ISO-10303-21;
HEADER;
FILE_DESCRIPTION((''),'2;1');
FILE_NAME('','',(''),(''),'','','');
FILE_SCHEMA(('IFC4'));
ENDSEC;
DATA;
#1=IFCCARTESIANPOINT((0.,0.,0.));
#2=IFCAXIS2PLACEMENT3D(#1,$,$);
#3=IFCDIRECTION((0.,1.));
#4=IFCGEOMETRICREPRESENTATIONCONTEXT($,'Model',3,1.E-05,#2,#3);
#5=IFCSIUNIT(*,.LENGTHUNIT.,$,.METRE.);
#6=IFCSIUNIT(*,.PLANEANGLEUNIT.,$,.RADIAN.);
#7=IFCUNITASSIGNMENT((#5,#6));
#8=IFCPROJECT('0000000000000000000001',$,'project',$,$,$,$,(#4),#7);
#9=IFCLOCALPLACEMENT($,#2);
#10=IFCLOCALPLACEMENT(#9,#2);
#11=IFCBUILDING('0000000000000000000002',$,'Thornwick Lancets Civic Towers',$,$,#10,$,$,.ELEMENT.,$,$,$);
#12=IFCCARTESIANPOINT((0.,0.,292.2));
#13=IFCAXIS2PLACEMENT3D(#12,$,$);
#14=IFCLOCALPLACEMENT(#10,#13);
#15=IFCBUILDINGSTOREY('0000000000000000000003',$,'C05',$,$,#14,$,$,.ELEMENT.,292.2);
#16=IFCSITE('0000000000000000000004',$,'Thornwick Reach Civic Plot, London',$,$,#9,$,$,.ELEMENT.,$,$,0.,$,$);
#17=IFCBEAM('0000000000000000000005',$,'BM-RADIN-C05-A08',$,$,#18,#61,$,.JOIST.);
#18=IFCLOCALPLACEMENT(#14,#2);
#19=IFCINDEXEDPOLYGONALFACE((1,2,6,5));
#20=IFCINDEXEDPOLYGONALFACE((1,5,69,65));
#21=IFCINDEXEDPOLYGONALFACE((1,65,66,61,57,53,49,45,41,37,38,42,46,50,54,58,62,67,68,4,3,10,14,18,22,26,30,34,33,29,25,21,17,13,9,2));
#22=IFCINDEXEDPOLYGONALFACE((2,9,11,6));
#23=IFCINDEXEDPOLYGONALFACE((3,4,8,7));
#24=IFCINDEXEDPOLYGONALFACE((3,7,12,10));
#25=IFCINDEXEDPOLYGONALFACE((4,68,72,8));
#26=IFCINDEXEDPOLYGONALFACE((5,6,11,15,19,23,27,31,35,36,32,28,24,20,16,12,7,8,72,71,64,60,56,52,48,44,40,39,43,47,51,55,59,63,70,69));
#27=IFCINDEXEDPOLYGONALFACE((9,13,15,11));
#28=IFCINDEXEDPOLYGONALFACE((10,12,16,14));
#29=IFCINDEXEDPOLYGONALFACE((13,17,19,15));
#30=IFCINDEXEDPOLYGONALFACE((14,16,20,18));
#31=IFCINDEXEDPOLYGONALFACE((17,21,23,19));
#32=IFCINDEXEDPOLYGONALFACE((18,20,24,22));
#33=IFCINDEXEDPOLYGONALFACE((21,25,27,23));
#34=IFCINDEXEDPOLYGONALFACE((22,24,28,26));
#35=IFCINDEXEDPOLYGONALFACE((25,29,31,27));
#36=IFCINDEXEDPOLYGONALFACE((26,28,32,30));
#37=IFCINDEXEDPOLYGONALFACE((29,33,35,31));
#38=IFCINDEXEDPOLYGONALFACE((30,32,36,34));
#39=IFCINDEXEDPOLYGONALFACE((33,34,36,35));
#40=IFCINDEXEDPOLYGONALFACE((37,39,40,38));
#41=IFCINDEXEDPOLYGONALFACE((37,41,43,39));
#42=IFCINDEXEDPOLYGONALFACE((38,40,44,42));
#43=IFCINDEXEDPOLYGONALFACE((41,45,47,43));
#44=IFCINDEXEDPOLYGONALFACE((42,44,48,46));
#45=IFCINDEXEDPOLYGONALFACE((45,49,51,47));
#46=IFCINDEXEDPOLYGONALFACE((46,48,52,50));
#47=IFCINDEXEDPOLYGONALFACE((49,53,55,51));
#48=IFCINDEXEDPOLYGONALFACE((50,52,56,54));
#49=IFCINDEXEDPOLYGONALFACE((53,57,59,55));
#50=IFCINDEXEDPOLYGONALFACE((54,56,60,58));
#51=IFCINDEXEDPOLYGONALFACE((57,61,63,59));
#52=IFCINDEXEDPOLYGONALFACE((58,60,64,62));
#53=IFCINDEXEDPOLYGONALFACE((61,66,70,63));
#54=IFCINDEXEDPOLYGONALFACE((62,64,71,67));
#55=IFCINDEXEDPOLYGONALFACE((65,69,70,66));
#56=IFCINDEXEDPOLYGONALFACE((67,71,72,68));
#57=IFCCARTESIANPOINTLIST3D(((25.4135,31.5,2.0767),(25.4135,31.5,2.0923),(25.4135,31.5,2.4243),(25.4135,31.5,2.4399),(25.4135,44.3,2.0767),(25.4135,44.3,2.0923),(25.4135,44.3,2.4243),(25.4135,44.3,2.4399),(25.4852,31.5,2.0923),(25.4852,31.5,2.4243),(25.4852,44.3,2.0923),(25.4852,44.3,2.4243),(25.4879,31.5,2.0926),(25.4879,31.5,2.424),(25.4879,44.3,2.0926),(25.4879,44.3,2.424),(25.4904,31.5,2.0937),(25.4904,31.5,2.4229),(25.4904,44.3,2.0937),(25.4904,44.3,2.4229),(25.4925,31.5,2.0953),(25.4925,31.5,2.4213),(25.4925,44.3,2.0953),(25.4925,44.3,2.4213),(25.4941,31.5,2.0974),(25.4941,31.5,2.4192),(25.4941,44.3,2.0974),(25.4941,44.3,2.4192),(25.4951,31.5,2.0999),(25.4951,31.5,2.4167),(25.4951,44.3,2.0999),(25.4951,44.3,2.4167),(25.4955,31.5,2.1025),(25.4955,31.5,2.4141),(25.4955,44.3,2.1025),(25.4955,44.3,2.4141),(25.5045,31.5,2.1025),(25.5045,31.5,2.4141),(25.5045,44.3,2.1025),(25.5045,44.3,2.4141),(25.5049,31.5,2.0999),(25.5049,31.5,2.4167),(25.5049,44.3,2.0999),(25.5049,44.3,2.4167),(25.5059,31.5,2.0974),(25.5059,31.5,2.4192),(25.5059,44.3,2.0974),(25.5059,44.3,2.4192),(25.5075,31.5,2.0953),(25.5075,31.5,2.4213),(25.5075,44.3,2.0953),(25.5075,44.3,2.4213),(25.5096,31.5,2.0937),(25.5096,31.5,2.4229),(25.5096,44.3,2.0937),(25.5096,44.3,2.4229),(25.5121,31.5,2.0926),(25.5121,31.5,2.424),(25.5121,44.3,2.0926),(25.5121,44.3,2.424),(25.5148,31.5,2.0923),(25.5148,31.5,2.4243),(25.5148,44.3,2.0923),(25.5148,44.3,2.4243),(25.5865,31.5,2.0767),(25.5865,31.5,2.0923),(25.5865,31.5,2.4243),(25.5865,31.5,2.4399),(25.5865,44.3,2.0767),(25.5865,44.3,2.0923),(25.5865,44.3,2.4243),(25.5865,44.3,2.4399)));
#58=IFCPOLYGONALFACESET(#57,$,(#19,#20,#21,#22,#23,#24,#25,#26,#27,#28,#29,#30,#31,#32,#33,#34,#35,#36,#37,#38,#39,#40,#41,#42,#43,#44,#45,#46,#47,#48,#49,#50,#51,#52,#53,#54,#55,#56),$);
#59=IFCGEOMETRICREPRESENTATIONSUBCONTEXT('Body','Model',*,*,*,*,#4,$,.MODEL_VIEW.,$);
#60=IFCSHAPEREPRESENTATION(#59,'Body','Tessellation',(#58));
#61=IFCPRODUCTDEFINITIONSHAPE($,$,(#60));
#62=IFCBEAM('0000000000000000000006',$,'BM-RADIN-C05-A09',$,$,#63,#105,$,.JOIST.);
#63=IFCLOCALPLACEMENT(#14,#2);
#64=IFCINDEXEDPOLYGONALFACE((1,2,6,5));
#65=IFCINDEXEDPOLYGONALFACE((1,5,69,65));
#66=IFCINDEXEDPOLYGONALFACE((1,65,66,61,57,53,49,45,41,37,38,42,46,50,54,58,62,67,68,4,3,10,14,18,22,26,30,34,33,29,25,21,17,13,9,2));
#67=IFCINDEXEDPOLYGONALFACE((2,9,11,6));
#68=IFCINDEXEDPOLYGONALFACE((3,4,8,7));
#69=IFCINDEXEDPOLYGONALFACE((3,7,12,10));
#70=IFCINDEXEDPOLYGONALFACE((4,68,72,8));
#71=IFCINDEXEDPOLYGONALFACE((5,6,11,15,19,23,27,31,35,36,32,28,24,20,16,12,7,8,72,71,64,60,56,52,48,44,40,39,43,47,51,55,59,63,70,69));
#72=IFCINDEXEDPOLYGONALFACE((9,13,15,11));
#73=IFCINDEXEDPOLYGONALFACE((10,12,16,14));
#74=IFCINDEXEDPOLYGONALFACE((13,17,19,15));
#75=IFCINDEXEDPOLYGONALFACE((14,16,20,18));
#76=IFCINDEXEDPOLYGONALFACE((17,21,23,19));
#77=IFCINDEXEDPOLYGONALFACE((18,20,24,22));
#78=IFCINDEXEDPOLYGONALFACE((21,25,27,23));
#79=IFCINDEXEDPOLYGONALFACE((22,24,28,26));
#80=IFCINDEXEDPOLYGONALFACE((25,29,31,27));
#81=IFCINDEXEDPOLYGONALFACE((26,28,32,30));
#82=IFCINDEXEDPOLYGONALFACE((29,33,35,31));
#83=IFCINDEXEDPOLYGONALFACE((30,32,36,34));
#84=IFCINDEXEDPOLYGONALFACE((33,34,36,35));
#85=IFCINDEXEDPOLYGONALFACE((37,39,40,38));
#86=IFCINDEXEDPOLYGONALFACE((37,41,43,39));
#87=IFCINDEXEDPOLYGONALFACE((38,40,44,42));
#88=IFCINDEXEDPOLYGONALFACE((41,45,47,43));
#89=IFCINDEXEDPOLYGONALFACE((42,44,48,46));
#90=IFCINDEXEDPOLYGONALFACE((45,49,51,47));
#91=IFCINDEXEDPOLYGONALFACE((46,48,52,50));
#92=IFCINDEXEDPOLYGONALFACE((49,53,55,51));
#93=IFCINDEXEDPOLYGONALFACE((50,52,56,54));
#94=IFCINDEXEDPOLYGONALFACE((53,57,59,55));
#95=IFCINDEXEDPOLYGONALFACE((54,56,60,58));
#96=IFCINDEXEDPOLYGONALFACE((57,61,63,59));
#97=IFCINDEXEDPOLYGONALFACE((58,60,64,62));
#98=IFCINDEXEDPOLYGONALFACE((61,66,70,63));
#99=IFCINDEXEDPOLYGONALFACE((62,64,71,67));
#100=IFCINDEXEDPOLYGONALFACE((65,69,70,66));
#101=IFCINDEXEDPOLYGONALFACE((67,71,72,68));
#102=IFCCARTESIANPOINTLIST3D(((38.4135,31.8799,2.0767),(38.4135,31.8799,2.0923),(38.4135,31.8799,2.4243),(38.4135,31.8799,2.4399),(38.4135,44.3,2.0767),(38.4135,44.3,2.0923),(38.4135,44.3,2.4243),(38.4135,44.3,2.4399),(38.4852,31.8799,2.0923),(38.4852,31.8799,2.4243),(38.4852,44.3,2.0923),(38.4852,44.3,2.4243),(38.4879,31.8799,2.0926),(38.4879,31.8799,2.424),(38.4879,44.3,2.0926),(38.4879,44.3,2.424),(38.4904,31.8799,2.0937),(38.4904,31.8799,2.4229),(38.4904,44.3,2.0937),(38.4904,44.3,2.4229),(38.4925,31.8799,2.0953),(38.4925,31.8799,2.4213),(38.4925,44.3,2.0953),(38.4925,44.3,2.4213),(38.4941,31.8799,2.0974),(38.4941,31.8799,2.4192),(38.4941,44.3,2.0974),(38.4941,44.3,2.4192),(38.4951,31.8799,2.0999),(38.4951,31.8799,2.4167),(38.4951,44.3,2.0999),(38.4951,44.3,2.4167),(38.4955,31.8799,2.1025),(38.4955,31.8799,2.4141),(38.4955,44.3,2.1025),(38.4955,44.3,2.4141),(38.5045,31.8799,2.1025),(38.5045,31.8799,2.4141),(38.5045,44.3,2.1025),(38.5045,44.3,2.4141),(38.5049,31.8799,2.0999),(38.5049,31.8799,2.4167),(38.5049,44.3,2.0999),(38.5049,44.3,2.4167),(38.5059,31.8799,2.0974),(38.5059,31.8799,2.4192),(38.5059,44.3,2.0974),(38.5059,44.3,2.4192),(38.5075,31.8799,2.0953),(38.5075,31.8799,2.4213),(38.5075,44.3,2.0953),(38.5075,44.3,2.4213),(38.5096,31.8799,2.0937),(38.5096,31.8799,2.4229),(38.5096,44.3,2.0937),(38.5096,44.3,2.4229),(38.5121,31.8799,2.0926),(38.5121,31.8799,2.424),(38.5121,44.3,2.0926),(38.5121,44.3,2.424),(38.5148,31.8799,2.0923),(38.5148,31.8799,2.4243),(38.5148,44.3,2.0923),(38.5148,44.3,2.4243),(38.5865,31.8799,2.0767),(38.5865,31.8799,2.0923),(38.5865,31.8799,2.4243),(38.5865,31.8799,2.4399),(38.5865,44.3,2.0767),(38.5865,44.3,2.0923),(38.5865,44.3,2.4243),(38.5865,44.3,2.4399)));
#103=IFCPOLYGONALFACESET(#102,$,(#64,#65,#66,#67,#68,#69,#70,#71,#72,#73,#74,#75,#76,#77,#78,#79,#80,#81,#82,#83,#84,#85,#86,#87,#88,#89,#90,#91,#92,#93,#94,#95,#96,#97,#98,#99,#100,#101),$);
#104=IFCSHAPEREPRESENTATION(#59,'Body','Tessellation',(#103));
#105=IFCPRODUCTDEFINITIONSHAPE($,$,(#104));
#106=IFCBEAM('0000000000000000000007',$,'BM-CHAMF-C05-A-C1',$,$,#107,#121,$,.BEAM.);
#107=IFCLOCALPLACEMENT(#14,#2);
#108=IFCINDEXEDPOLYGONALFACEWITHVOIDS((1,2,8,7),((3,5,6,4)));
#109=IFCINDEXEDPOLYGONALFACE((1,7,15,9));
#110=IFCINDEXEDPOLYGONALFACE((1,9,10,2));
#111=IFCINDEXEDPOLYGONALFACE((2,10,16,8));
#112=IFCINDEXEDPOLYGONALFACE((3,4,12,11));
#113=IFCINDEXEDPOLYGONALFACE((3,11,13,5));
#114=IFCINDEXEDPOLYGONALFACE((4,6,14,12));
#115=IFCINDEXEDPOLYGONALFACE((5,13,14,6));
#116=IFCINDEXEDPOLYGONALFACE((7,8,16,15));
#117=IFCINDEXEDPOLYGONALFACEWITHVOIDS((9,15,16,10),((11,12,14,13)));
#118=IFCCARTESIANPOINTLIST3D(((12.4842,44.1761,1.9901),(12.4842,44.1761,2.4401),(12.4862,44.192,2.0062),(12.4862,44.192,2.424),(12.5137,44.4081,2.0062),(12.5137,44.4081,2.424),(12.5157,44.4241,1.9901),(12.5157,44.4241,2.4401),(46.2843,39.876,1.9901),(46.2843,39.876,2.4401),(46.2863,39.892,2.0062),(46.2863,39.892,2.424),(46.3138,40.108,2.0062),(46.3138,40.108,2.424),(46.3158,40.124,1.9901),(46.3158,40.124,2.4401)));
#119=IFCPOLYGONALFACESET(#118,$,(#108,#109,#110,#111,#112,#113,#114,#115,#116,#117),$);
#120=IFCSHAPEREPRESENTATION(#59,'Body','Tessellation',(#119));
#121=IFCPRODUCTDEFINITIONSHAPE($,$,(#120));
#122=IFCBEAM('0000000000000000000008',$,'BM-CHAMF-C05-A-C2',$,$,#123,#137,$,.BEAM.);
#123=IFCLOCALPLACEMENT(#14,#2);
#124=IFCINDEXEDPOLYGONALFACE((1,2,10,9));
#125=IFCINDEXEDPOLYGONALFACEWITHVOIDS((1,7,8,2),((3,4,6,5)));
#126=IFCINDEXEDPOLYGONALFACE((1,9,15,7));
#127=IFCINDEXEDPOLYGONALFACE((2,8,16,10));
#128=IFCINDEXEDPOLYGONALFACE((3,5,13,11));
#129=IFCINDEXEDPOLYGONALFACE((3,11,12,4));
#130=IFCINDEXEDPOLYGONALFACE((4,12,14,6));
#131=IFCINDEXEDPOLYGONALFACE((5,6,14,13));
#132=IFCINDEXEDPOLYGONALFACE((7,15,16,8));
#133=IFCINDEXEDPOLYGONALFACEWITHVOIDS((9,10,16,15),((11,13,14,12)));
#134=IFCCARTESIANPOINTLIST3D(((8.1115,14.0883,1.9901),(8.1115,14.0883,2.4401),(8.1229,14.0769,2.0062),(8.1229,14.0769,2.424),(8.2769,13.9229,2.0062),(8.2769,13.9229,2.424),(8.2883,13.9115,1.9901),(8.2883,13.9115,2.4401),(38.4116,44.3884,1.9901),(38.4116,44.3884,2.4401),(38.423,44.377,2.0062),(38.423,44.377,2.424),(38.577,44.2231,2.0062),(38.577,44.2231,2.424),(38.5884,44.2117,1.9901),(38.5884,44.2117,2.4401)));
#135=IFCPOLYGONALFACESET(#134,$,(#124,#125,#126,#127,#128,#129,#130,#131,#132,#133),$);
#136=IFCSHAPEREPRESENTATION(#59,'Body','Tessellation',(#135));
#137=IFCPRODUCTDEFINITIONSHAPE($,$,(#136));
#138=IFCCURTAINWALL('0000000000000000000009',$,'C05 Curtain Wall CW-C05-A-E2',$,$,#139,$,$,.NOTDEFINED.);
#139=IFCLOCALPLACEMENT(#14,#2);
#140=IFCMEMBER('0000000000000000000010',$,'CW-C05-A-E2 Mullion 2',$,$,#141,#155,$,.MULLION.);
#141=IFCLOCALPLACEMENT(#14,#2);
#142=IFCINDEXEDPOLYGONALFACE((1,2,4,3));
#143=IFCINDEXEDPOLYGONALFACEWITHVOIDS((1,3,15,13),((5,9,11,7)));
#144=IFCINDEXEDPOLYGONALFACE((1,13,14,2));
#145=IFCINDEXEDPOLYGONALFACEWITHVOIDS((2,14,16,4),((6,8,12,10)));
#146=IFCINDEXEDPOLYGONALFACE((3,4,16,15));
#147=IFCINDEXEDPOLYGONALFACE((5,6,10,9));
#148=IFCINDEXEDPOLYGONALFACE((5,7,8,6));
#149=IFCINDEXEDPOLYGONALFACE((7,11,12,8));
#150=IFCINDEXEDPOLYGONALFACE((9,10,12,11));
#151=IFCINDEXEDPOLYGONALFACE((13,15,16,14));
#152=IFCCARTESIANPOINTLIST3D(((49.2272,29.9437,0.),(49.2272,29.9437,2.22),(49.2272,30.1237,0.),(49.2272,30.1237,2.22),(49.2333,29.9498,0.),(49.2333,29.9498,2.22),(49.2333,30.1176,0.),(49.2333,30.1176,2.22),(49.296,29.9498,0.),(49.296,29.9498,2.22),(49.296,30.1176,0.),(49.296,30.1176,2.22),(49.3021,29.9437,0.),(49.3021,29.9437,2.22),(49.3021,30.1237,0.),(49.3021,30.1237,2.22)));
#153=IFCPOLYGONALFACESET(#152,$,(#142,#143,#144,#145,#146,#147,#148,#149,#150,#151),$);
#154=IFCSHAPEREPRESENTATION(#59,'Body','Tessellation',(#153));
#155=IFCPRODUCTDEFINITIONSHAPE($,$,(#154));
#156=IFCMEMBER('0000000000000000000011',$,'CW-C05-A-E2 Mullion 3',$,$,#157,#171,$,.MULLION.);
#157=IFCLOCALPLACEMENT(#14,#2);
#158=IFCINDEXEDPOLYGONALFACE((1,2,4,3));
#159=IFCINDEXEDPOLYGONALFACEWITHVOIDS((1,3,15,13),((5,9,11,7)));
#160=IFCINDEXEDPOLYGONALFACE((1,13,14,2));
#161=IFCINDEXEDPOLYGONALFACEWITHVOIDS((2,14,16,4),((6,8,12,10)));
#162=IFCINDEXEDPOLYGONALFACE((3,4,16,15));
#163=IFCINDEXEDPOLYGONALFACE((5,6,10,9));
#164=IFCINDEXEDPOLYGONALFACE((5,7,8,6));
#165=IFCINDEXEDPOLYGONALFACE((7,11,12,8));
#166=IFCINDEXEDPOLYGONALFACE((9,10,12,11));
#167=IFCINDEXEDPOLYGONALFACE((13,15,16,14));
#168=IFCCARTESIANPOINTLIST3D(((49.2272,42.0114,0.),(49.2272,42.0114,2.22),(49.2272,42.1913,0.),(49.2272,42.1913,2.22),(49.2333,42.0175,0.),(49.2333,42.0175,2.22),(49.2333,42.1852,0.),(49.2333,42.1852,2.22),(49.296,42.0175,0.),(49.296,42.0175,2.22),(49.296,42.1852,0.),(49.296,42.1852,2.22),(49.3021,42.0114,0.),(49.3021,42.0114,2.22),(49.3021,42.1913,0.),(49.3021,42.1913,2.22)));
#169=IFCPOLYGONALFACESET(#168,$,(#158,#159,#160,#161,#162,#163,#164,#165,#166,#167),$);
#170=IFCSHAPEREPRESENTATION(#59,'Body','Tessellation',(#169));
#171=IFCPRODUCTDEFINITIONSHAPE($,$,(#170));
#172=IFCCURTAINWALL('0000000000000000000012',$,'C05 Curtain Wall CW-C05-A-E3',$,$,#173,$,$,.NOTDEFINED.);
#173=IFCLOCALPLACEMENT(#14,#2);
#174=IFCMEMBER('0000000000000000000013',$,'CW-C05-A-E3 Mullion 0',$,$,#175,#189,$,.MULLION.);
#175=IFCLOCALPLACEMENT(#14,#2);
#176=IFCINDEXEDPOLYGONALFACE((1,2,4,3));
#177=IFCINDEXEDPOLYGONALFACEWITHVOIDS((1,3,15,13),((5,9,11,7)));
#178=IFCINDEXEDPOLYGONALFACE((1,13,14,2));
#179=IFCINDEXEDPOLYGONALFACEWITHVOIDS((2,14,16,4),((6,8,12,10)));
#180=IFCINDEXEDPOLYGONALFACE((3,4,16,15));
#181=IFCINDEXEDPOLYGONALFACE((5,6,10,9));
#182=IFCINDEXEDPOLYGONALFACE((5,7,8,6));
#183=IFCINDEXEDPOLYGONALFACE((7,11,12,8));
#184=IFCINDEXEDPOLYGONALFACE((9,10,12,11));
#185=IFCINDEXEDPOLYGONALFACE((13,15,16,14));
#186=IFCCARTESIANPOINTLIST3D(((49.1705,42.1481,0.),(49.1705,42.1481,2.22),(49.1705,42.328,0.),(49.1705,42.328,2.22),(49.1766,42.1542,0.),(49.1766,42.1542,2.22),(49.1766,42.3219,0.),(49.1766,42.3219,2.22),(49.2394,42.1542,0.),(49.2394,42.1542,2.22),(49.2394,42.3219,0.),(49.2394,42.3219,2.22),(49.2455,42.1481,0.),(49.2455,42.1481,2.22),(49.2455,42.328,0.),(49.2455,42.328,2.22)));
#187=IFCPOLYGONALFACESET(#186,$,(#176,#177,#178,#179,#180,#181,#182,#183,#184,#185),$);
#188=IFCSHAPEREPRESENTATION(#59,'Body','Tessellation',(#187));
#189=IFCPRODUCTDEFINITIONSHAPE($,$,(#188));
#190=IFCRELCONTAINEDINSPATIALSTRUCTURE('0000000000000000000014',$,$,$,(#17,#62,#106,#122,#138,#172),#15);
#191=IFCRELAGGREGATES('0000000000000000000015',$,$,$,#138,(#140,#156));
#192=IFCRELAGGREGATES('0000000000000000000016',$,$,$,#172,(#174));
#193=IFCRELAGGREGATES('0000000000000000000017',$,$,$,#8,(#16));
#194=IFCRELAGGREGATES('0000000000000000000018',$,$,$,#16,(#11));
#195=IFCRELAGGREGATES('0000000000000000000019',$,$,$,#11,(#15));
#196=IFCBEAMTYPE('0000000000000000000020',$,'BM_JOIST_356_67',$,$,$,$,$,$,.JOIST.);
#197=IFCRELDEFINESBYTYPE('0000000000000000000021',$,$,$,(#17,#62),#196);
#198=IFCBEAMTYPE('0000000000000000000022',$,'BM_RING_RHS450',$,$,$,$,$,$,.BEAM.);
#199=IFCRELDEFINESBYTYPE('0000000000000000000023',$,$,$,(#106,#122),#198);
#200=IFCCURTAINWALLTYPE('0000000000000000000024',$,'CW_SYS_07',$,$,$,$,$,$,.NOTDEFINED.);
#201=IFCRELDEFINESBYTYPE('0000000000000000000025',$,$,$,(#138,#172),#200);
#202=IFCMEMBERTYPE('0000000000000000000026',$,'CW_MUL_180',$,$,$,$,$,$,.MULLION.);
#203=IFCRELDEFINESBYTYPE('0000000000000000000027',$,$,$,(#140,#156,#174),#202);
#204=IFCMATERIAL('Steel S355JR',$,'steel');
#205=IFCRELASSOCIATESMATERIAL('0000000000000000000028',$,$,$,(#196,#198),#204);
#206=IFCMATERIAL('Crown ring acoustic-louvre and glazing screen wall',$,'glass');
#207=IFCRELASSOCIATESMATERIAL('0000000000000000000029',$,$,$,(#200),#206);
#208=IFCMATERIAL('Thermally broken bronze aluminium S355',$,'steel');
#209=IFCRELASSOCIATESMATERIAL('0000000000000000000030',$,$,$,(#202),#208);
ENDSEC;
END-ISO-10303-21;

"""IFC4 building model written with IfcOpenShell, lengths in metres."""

from ifc_helpers import new_model, si_unit, direction, frame, origin, origin_2d, place, context, subcontext, project, spatial, hollow_rectangle, i_section, extrude, material, material_profile, profile_set, type_object, element, aggregate, save


model = new_model("IFC4")

# Units and contexts
model_context = context("Model", 3, precision=1e-05, world=origin(), true_north=direction((0.0, 1.0)))
body_context = subcontext(model_context, "Body", "Model", "MODEL_VIEW")
ifc_project = project(units=[si_unit("LENGTHUNIT", "METRE"), si_unit("PLANEANGLEUNIT", "RADIAN")], contexts=[model_context])

# Site, building, storey
site_placement = place(None, origin())
site = spatial("IfcSite", under=ifc_project, at=site_placement, Name="Thornwick Reach Civic Plot, London", CompositionType="ELEMENT", RefElevation=0.0)
building_placement = place(site_placement, origin())
building = spatial("IfcBuilding", under=site, at=building_placement, Name="Thornwick Lancets Civic Towers", CompositionType="ELEMENT")
storey_placement = place(building_placement, frame((0.0, 0.0, 292.2)))
storey = spatial("IfcBuildingStorey", under=building, at=storey_placement, Name="C05", CompositionType="ELEMENT", Elevation=292.2)

# Shared definitions
ifc_material_1 = material(Name="Steel S355JR", Category="steel")

# Beams
ifc_material_profile_1 = material_profile(ifc_material_1, i_section(OverallWidth=0.1731, OverallDepth=0.3633, WebThickness=0.009, FlangeThickness=0.0156, FilletRadius=0.0103, at=origin_2d()), Name="UKB 356x171x67")
ifc_profile_set_1 = profile_set([ifc_material_profile_1], Name="Steel S355JR")
beam_type_1 = type_object("IfcBeamType", Name="BM_JOIST_356_67", PredefinedType="JOIST", material=ifc_profile_set_1)
beam_1_placement = place(storey_placement, frame((25.5, 31.5, 2.2583), z_axis=(0.0, 1.0, 0.0), x_axis=(-1.0, 0.0, 0.0)))
element("IfcBeam", 1, at=beam_1_placement, inside=storey, type_object=beam_type_1, Name="BM-RADIN-C05-A08", PredefinedType="JOIST", context=body_context, shape_type="SweptSolid", body=[
    extrude(i_section(OverallWidth=0.1731, OverallDepth=0.3633, WebThickness=0.009, FlangeThickness=0.0156, FilletRadius=0.0103, at=origin_2d()), origin(), (0.0, 0.0, 1.0), 12.8),
])
beam_2_placement = place(storey_placement, frame((38.5, 31.8799, 2.2583), z_axis=(0.0, 1.0, 0.0), x_axis=(-1.0, 0.0, 0.0)))
element("IfcBeam", 2, at=beam_2_placement, inside=storey, type_object=beam_type_1, Name="BM-RADIN-C05-A09", PredefinedType="JOIST", context=body_context, shape_type="SweptSolid", body=[
    extrude(i_section(OverallWidth=0.1731, OverallDepth=0.3633, WebThickness=0.009, FlangeThickness=0.0156, FilletRadius=0.0103, at=origin_2d()), origin(), (0.0, 0.0, 1.0), 12.4202),
])
ifc_material_profile_2 = material_profile(ifc_material_1, hollow_rectangle(XDim=0.25, YDim=0.45, WallThickness=0.0161, at=origin_2d()), Name="RHS 450x250x16")
ifc_profile_set_2 = profile_set([ifc_material_profile_2], Name="Steel S355JR")
beam_type_2 = type_object("IfcBeamType", Name="BM_RING_RHS450", PredefinedType="BEAM", material=ifc_profile_set_2)
beam_3_placement = place(storey_placement, frame((46.3, 40.0, 2.2151), z_axis=(-0.992004, 0.126203, 0.0), x_axis=(-0.126203, -0.992004, 0.0)))
element("IfcBeam", 3, at=beam_3_placement, inside=storey, type_object=beam_type_2, Name="BM-CHAMF-C05-A-C1", PredefinedType="BEAM", context=body_context, shape_type="SweptSolid", body=[
    extrude(hollow_rectangle(XDim=0.25, YDim=0.45, WallThickness=0.0161, at=origin_2d()), origin(), (0.0, 0.0, 1.0), 34.0725),
])
beam_4_placement = place(storey_placement, frame((38.5, 44.3, 2.2151), z_axis=(-0.707107, -0.707107, 0.0), x_axis=(0.707107, -0.707107, 0.0)))
element("IfcBeam", 4, at=beam_4_placement, inside=storey, type_object=beam_type_2, Name="BM-CHAMF-C05-A-C2", PredefinedType="BEAM", context=body_context, shape_type="SweptSolid", body=[
    extrude(hollow_rectangle(XDim=0.25, YDim=0.45, WallThickness=0.0161, at=origin_2d()), origin(), (0.0, 0.0, 1.0), 42.8508),
])

# Curtain walls, members
ifc_material_2 = material(Name="Crown ring acoustic-louvre and glazing screen wall", Category="glass")
curtain_wall_type = type_object("IfcCurtainWallType", Name="CW_SYS_07", PredefinedType="NOTDEFINED", material=ifc_material_2)
curtain_wall_1_placement = place(storey_placement, origin())
curtain_wall_1 = element("IfcCurtainWall", 5, at=curtain_wall_1_placement, inside=storey, type_object=curtain_wall_type, Name="C05 Curtain Wall CW-C05-A-E2", PredefinedType="NOTDEFINED")
ifc_material_3 = material(Name="Thermally broken bronze aluminium S355", Category="steel")
ifc_material_profile_3 = material_profile(ifc_material_3, hollow_rectangle(XDim=0.075, YDim=0.1799, WallThickness=0.0061, at=origin_2d()), Name="RHS 180x75x6")
ifc_profile_set_3 = profile_set([ifc_material_profile_3], Name="Thermally broken bronze aluminium S355")
member_type_1 = type_object("IfcMemberType", Name="CW_MUL_180", PredefinedType="MULLION", material=ifc_profile_set_3)
member_1_placement = place(storey_placement, frame((49.2646, 30.0337, 0.0), z_axis=(0.0, 0.0, 1.0), x_axis=(1.0, 0.0, 0.0)))
member_1 = element("IfcMember", 6, at=member_1_placement, type_object=member_type_1, Name="CW-C05-A-E2 Mullion 2", PredefinedType="MULLION", context=body_context, shape_type="SweptSolid", body=[
    extrude(hollow_rectangle(XDim=0.075, YDim=0.1799, WallThickness=0.0061, at=origin_2d()), origin(), (0.0, 0.0, 1.0), 2.22),
])
member_2_placement = place(storey_placement, frame((49.2646, 42.1013, 0.0), z_axis=(0.0, 0.0, 1.0), x_axis=(1.0, 0.0, 0.0)))
member_2 = element("IfcMember", 7, at=member_2_placement, type_object=member_type_1, Name="CW-C05-A-E2 Mullion 3", PredefinedType="MULLION", context=body_context, shape_type="SweptSolid", body=[
    extrude(hollow_rectangle(XDim=0.075, YDim=0.1799, WallThickness=0.0061, at=origin_2d()), origin(), (0.0, 0.0, 1.0), 2.22),
])
curtain_wall_2_placement = place(storey_placement, origin())
curtain_wall_2 = element("IfcCurtainWall", 8, at=curtain_wall_2_placement, inside=storey, type_object=curtain_wall_type, Name="C05 Curtain Wall CW-C05-A-E3", PredefinedType="NOTDEFINED")
member_3_placement = place(storey_placement, frame((49.208, 42.238, 0.0), z_axis=(0.0, 0.0, 1.0), x_axis=(1.0, 0.0, 0.0)))
member_3 = element("IfcMember", 9, at=member_3_placement, type_object=member_type_1, Name="CW-C05-A-E3 Mullion 0", PredefinedType="MULLION", context=body_context, shape_type="SweptSolid", body=[
    extrude(hollow_rectangle(XDim=0.075, YDim=0.1799, WallThickness=0.0061, at=origin_2d()), origin(), (0.0, 0.0, 1.0), 2.22),
])

aggregate(curtain_wall_1, [member_1, member_2])

aggregate(curtain_wall_2, [member_3])

save(model, "model.ifc")
